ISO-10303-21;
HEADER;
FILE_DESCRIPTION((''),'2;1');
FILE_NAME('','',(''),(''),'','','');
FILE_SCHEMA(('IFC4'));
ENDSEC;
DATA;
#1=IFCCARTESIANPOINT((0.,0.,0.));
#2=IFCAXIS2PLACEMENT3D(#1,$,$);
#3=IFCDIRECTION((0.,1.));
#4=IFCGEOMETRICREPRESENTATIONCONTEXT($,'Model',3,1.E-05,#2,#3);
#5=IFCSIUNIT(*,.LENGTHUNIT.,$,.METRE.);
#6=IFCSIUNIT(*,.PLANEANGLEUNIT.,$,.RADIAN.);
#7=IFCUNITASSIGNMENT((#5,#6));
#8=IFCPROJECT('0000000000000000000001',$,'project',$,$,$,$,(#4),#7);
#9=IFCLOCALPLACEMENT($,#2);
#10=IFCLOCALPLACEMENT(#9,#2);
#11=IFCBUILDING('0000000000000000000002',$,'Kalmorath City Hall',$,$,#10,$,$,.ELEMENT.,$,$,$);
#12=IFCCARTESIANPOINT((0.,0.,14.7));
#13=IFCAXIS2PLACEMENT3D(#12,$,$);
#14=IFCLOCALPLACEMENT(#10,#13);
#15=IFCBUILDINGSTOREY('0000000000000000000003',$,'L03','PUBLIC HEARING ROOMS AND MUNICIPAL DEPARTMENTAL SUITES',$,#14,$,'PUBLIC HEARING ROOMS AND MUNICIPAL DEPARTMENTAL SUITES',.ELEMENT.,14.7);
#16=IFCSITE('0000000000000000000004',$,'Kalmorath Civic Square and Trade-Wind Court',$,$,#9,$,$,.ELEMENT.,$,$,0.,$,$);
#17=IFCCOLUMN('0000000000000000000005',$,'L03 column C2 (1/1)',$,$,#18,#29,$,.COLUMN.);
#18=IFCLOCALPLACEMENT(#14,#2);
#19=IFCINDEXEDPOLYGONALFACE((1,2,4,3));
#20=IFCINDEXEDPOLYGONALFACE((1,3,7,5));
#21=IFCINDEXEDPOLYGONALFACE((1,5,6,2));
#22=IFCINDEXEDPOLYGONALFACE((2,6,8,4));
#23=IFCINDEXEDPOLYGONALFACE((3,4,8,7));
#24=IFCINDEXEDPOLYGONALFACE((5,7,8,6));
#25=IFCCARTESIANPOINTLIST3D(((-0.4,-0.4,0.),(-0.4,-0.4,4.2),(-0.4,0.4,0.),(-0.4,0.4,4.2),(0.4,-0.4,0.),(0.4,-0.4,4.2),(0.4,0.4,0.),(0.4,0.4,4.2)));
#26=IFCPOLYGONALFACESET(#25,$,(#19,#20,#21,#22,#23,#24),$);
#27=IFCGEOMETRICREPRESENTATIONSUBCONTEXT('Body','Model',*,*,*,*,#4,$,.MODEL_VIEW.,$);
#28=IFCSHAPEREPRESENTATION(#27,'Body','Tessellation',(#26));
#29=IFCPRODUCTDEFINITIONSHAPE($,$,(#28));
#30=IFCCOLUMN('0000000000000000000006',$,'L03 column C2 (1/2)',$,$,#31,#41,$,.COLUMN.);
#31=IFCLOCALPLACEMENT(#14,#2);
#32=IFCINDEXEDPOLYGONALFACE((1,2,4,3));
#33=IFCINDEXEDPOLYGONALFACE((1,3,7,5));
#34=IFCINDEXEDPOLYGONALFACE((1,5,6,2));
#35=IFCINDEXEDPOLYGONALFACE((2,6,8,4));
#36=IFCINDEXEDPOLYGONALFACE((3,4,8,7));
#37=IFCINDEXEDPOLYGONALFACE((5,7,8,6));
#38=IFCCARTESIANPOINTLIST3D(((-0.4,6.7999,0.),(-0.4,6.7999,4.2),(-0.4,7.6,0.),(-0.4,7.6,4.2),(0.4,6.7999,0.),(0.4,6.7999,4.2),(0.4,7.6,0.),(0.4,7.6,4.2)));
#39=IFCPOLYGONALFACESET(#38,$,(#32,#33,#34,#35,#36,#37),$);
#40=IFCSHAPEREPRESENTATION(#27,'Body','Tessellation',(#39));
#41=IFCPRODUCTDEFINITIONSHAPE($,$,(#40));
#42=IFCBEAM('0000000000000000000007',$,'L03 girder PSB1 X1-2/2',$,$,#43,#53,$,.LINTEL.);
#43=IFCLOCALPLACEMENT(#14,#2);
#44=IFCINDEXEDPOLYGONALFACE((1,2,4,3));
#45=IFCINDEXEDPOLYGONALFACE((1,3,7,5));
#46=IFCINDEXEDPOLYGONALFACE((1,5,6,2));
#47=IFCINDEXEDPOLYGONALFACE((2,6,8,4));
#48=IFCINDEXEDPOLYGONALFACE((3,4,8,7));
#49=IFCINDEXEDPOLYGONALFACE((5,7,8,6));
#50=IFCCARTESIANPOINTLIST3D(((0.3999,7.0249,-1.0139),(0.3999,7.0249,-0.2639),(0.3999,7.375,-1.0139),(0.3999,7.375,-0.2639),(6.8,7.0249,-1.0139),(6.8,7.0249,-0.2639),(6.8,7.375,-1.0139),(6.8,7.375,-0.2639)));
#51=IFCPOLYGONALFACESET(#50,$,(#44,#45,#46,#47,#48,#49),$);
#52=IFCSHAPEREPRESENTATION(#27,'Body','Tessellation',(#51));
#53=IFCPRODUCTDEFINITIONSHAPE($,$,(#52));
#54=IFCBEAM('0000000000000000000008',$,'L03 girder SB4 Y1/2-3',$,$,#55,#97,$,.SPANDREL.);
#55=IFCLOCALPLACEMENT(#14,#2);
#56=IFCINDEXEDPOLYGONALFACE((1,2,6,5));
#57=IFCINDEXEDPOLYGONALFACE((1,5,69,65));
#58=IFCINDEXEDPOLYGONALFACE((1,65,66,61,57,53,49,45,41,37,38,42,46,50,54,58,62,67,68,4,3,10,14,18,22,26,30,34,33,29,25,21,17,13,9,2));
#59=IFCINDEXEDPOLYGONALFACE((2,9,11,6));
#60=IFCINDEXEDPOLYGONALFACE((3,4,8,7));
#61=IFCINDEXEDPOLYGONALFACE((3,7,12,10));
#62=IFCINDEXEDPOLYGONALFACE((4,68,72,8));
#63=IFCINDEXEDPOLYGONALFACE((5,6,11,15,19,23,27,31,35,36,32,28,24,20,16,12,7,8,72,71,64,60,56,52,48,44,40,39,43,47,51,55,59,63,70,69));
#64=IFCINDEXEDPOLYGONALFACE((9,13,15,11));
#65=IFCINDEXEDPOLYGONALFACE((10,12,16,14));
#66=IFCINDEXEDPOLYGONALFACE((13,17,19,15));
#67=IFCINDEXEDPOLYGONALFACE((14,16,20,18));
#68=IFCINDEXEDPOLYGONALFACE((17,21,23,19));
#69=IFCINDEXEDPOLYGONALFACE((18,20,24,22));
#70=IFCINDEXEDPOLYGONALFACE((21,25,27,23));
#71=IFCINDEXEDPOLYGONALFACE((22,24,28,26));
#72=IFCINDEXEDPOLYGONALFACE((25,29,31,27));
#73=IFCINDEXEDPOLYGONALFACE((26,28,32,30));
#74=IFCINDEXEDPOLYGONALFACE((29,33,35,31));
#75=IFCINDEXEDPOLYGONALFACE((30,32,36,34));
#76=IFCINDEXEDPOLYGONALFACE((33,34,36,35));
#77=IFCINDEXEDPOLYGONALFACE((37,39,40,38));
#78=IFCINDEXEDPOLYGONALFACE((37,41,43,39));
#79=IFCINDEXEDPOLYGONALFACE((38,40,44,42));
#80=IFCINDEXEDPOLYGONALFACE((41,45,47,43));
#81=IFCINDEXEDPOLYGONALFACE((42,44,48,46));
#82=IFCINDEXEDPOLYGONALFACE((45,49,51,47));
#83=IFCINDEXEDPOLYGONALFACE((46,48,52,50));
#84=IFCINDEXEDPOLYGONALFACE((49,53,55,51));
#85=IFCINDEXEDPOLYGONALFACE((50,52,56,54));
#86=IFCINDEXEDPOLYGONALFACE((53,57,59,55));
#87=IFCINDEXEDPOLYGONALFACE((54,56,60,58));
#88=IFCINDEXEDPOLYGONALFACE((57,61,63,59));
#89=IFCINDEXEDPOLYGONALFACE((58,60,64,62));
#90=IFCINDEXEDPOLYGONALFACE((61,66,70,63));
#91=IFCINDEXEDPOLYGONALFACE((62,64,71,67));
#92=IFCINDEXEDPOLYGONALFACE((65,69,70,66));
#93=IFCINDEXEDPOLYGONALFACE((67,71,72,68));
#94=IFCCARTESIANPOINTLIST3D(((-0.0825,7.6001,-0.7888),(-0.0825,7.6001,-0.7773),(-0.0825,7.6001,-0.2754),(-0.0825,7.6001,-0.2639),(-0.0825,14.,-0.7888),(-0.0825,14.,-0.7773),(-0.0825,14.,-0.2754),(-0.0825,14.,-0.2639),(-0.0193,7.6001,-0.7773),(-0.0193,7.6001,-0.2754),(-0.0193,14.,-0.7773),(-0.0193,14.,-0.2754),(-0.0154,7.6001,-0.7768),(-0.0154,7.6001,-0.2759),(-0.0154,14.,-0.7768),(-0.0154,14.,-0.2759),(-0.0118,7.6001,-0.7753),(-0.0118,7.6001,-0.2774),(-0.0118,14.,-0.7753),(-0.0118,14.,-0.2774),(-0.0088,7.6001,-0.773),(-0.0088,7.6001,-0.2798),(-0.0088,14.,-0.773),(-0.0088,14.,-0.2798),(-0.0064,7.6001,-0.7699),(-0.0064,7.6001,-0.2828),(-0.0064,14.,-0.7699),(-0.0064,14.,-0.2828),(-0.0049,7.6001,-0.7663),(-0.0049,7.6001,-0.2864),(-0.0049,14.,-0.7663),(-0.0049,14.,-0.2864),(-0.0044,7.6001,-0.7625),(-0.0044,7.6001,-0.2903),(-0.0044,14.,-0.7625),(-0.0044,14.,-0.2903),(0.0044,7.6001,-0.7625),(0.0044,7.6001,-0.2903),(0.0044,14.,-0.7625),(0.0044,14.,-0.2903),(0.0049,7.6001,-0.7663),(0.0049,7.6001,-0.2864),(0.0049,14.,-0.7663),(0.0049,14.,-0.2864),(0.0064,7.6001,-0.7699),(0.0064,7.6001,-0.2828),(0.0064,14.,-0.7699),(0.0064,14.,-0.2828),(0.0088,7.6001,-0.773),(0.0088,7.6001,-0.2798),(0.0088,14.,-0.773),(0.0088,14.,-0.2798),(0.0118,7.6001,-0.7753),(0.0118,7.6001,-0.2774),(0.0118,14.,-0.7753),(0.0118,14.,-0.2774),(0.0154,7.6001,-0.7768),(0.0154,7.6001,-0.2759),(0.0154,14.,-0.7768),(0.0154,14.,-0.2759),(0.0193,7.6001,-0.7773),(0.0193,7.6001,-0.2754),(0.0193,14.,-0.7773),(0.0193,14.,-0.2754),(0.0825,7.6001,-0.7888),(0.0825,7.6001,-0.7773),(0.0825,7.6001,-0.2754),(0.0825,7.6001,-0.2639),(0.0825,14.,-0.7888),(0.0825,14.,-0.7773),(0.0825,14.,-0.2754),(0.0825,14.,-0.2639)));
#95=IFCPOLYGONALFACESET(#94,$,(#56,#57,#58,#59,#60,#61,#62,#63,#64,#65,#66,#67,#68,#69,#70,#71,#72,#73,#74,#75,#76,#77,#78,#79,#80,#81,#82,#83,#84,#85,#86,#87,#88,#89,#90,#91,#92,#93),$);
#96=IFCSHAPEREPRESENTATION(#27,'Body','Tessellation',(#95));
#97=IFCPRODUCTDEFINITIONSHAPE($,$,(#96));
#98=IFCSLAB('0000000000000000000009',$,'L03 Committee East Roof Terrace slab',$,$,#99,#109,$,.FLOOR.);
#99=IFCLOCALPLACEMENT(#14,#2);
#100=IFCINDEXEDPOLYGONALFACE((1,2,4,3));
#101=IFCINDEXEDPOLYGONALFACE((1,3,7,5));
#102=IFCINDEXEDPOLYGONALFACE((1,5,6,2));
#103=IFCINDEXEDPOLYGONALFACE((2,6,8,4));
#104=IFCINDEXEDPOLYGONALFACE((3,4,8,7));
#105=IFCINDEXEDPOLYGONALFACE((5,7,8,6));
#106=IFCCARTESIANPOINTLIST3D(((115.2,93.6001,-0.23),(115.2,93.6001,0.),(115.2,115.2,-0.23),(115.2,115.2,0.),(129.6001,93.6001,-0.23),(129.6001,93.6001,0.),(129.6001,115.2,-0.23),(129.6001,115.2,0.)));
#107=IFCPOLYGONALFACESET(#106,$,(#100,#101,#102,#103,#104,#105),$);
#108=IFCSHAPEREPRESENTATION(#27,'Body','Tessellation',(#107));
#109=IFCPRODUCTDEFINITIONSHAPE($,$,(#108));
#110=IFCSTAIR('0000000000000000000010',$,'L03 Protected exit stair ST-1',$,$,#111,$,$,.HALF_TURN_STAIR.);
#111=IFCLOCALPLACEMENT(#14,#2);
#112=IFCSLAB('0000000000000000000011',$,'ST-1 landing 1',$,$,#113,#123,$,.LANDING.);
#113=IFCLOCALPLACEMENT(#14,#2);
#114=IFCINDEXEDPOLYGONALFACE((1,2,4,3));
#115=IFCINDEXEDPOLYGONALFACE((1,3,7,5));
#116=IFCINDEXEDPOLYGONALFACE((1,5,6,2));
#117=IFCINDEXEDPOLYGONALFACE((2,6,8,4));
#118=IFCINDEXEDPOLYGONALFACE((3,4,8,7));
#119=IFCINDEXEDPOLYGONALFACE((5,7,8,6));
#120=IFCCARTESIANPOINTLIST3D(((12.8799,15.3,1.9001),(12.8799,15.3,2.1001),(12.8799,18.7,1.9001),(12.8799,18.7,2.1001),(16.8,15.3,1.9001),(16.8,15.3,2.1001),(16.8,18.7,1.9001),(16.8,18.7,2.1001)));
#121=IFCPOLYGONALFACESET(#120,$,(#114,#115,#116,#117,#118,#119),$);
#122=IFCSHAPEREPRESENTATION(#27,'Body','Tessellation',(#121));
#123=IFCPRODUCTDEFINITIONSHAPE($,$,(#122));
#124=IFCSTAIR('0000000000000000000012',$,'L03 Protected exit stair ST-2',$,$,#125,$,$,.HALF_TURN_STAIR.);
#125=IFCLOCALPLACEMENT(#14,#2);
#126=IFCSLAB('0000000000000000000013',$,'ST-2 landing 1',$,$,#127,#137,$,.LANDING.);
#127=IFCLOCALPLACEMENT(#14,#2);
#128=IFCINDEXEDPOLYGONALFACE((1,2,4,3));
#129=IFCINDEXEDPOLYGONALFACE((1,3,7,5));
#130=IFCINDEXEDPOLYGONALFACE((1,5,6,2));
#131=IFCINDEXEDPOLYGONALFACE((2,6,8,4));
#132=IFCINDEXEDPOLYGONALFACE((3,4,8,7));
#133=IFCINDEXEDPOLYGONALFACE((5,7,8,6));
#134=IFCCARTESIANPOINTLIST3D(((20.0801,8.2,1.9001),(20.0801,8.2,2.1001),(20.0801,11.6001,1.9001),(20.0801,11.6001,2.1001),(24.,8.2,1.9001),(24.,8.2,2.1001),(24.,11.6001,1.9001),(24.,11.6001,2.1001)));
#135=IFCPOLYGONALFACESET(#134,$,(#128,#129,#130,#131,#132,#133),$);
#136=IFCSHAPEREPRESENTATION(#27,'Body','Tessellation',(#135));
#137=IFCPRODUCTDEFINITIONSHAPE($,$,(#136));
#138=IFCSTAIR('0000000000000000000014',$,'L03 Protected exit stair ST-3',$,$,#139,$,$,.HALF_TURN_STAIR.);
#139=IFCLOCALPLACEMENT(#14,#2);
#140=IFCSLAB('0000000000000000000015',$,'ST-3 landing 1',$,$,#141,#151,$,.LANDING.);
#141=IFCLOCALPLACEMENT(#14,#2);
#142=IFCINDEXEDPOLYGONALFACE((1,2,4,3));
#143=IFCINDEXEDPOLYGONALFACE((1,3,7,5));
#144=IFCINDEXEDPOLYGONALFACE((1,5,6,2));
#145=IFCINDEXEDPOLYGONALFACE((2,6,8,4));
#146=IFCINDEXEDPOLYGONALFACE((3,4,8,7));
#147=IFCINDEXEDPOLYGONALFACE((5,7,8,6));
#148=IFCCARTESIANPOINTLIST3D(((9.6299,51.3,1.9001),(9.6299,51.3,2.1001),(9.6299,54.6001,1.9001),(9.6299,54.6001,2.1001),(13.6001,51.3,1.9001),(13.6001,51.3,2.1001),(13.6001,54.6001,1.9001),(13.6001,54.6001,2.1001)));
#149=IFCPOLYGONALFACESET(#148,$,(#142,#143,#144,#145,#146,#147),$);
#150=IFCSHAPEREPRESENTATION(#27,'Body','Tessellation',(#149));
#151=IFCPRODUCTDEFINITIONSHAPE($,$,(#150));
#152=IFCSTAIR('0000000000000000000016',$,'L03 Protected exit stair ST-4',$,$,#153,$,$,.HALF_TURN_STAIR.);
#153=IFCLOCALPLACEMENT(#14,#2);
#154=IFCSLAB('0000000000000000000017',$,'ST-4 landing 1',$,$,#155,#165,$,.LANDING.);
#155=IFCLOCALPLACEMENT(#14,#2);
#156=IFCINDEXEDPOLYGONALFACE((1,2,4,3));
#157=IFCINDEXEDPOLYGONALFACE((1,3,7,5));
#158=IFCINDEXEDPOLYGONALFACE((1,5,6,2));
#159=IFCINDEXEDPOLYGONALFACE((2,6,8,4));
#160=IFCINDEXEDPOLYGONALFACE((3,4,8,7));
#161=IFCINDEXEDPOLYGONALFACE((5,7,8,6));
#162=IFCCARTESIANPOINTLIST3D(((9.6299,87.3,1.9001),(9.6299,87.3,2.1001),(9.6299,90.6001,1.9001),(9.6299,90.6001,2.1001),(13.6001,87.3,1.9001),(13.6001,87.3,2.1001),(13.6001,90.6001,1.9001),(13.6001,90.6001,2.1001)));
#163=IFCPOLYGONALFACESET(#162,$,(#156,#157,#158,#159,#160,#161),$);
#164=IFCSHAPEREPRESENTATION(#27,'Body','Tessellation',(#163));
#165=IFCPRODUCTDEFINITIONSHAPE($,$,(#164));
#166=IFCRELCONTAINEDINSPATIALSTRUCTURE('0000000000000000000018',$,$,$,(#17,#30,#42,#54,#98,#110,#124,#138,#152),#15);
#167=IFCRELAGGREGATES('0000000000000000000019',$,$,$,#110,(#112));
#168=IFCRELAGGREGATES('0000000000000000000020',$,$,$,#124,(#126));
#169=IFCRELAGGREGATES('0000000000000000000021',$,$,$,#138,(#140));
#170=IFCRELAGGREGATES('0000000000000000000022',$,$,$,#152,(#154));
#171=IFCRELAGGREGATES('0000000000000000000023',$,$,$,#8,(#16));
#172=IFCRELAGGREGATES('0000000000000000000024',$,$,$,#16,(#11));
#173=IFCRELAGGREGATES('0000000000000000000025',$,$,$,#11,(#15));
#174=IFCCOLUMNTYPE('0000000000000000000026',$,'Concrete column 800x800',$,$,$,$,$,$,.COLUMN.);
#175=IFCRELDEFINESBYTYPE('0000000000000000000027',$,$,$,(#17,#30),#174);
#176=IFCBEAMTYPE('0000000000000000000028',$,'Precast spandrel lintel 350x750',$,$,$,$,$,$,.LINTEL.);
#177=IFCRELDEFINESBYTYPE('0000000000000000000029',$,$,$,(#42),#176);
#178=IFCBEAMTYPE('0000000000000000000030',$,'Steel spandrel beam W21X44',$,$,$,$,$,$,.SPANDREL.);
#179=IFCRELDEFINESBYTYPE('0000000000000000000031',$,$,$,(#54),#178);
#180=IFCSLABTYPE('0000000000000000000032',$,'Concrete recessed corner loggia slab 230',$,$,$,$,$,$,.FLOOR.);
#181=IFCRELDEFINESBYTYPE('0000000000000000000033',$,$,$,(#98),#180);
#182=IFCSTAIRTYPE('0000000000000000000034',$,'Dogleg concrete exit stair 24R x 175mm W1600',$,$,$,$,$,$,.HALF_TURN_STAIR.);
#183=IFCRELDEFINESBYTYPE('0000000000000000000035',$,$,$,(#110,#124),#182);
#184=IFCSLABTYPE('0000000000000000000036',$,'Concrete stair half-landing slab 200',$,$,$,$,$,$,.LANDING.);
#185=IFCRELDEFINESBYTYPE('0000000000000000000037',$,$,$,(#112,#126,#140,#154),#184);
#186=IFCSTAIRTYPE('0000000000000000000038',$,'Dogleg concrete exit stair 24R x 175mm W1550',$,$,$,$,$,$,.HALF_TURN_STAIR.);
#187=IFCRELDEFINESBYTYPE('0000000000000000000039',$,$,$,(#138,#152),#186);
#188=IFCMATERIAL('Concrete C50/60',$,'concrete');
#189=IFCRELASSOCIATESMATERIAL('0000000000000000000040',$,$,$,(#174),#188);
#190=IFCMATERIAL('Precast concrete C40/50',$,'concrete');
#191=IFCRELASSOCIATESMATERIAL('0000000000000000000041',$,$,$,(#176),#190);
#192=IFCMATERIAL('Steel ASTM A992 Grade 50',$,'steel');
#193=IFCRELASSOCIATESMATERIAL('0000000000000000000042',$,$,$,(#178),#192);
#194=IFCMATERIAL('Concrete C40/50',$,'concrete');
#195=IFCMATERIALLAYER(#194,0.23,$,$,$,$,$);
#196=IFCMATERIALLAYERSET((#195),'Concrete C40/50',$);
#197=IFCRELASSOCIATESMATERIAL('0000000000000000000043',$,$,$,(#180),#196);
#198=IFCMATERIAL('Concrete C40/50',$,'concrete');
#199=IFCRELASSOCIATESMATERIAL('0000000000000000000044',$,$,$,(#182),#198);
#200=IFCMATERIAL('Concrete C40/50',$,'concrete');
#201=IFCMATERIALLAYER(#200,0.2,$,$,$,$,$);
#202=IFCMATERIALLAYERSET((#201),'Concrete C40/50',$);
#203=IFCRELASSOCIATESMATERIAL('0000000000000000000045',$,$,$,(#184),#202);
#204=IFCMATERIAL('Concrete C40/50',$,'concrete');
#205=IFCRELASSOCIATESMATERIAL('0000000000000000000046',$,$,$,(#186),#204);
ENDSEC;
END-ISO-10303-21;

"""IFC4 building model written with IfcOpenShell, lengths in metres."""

from ifc_helpers import new_model, si_unit, direction, frame, origin, origin_2d, place, context, subcontext, project, spatial, polyline, rectangle, i_section, outline, extrude, material, layer, layer_set, material_profile, profile_set, type_object, element, aggregate, save


model = new_model("IFC4")

# Units and contexts
model_context = context("Model", 3, precision=1e-05, world=origin(), true_north=direction((0.0, 1.0)))
body_context = subcontext(model_context, "Body", "Model", "MODEL_VIEW")
ifc_project = project(units=[si_unit("LENGTHUNIT", "METRE"), si_unit("PLANEANGLEUNIT", "RADIAN")], contexts=[model_context])

# Site, building, storey
site_placement = place(None, origin())
site = spatial("IfcSite", under=ifc_project, at=site_placement, Name="Kalmorath Civic Square and Trade-Wind Court", CompositionType="ELEMENT", RefElevation=0.0)
building_placement = place(site_placement, origin())
building = spatial("IfcBuilding", under=site, at=building_placement, Name="Kalmorath City Hall", CompositionType="ELEMENT")
storey_placement = place(building_placement, frame((0.0, 0.0, 14.7)))
storey = spatial("IfcBuildingStorey", under=building, at=storey_placement, Name="L03", Description="PUBLIC HEARING ROOMS AND MUNICIPAL DEPARTMENTAL SUITES", LongName="PUBLIC HEARING ROOMS AND MUNICIPAL DEPARTMENTAL SUITES", CompositionType="ELEMENT", Elevation=14.7)

# Columns
ifc_material_1 = material(Name="Concrete C50/60", Category="concrete")
ifc_material_profile_1 = material_profile(ifc_material_1, rectangle(XDim=0.8, YDim=0.8, at=origin_2d()), Name="RC-COL-800X800")
ifc_profile_set_1 = profile_set([ifc_material_profile_1], Name="Concrete C50/60")
column_type = type_object("IfcColumnType", Name="Concrete column 800x800", PredefinedType="COLUMN", material=ifc_profile_set_1)
for number, where, z_axis, x_axis, name in (
    (1, (0.0, 0.0, 0.0), (0.0, 0.0, 1.0), (1.0, 0.0, 0.0), "L03 column C2 (1/1)"),
    (2, (0.0, 7.2, 0.0), (0.0, 0.0, 1.0), (1.0, 0.0, 0.0), "L03 column C2 (1/2)"),
):
    element("IfcColumn", number, at=place(storey_placement, frame(where, z_axis=z_axis, x_axis=x_axis)), inside=storey, type_object=column_type, Name=name, PredefinedType="COLUMN", context=body_context, shape_type="SweptSolid", body=[
        extrude(rectangle(XDim=0.8, YDim=0.8, at=origin_2d()), origin(), (0.0, 0.0, 1.0), 4.2),
    ])

# Beams
ifc_material_2 = material(Name="Precast concrete C40/50", Category="concrete")
ifc_material_profile_2 = material_profile(ifc_material_2, rectangle(XDim=0.3501, YDim=0.75, at=origin_2d()), Name="PC-SP-350X750")
ifc_profile_set_2 = profile_set([ifc_material_profile_2], Name="Precast concrete C40/50")
beam_type_1 = type_object("IfcBeamType", Name="Precast spandrel lintel 350x750", PredefinedType="LINTEL", material=ifc_profile_set_2)
beam_1_placement = place(storey_placement, frame((0.3999, 7.2, -0.6389), z_axis=(1.0, 0.0, 0.0), x_axis=(0.0, 1.0, 0.0)))
element("IfcBeam", 3, at=beam_1_placement, inside=storey, type_object=beam_type_1, Name="L03 girder PSB1 X1-2/2", PredefinedType="LINTEL", context=body_context, shape_type="SweptSolid", body=[
    extrude(rectangle(XDim=0.3501, YDim=0.75, at=origin_2d()), origin(), (0.0, 0.0, 1.0), 6.4001),
])
ifc_material_3 = material(Name="Steel ASTM A992 Grade 50", Category="steel")
ifc_material_profile_3 = material_profile(ifc_material_3, i_section(OverallWidth=0.165, OverallDepth=0.5249, WebThickness=0.0088, FlangeThickness=0.0115, FilletRadius=0.0149, at=origin_2d()), Name="W21X44")
ifc_profile_set_3 = profile_set([ifc_material_profile_3], Name="Steel ASTM A992 Grade 50")
beam_type_2 = type_object("IfcBeamType", Name="Steel spandrel beam W21X44", PredefinedType="SPANDREL", material=ifc_profile_set_3)
beam_2_placement = place(storey_placement, frame((0.0, 7.6001, -0.5264), z_axis=(0.0, 1.0, 0.0), x_axis=(-1.0, 0.0, 0.0)))
element("IfcBeam", 4, at=beam_2_placement, inside=storey, type_object=beam_type_2, Name="L03 girder SB4 Y1/2-3", PredefinedType="SPANDREL", context=body_context, shape_type="SweptSolid", body=[
    extrude(i_section(OverallWidth=0.165, OverallDepth=0.5249, WebThickness=0.0088, FlangeThickness=0.0115, FilletRadius=0.0149, at=origin_2d()), origin(), (0.0, 0.0, 1.0), 6.3999),
])

# Slab
ifc_material_4 = material(Name="Concrete C40/50", Category="concrete")
ifc_layer_1 = layer(ifc_material_4, 0.23)
ifc_layer_set_1 = layer_set([ifc_layer_1], Name="Concrete C40/50")
slab_type_1 = type_object("IfcSlabType", Name="Concrete recessed corner loggia slab 230", PredefinedType="FLOOR", material=ifc_layer_set_1)
slab_1_placement = place(storey_placement, frame((0.0, 0.0, -0.23)))
element("IfcSlab", 5, at=slab_1_placement, inside=storey, type_object=slab_type_1, Name="L03 Committee East Roof Terrace slab", PredefinedType="FLOOR", context=body_context, shape_type="SweptSolid", body=[
    extrude(outline(polyline([(115.2, 93.6001), (129.6001, 93.6001), (129.6001, 115.2), (115.2, 115.2), (115.2, 93.6001)])), origin(), (0.0, 0.0, 1.0), 0.23),
])

# Stairs, slabs
ifc_material_5 = material(Name="Concrete C40/50", Category="concrete")
stair_type_1 = type_object("IfcStairType", Name="Dogleg concrete exit stair 24R x 175mm W1600", PredefinedType="HALF_TURN_STAIR", material=ifc_material_5)
stair_1_placement = place(storey_placement, origin())
stair_1 = element("IfcStair", 6, at=stair_1_placement, inside=storey, type_object=stair_type_1, Name="L03 Protected exit stair ST-1", PredefinedType="HALF_TURN_STAIR")
ifc_material_6 = material(Name="Concrete C40/50", Category="concrete")
ifc_layer_2 = layer(ifc_material_6, 0.2)
ifc_layer_set_2 = layer_set([ifc_layer_2], Name="Concrete C40/50")
slab_type_2 = type_object("IfcSlabType", Name="Concrete stair half-landing slab 200", PredefinedType="LANDING", material=ifc_layer_set_2)
slab_2_placement = place(storey_placement, frame((0.0, 0.0, 1.9001)))
slab_2 = element("IfcSlab", 7, at=slab_2_placement, type_object=slab_type_2, Name="ST-1 landing 1", PredefinedType="LANDING", context=body_context, shape_type="SweptSolid", body=[
    extrude(outline(polyline([(12.8799, 15.3), (16.8, 15.3), (16.8, 18.7), (12.8799, 18.7), (12.8799, 15.3)])), origin(), (0.0, 0.0, 1.0), 0.2),
])
aggregate(stair_1, [slab_2])
stair_2_placement = place(storey_placement, origin())
stair_2 = element("IfcStair", 8, at=stair_2_placement, inside=storey, type_object=stair_type_1, Name="L03 Protected exit stair ST-2", PredefinedType="HALF_TURN_STAIR")
slab_3_placement = place(storey_placement, frame((0.0, 0.0, 1.9001)))
slab_3 = element("IfcSlab", 9, at=slab_3_placement, type_object=slab_type_2, Name="ST-2 landing 1", PredefinedType="LANDING", context=body_context, shape_type="SweptSolid", body=[
    extrude(outline(polyline([(20.0801, 8.2), (24.0, 8.2), (24.0, 11.6001), (20.0801, 11.6001), (20.0801, 8.2)])), origin(), (0.0, 0.0, 1.0), 0.2),
])
aggregate(stair_2, [slab_3])
ifc_material_7 = material(Name="Concrete C40/50", Category="concrete")
stair_type_2 = type_object("IfcStairType", Name="Dogleg concrete exit stair 24R x 175mm W1550", PredefinedType="HALF_TURN_STAIR", material=ifc_material_7)
stair_3_placement = place(storey_placement, origin())
stair_3 = element("IfcStair", 10, at=stair_3_placement, inside=storey, type_object=stair_type_2, Name="L03 Protected exit stair ST-3", PredefinedType="HALF_TURN_STAIR")
slab_4_placement = place(storey_placement, frame((0.0, 0.0, 1.9001)))
slab_4 = element("IfcSlab", 11, at=slab_4_placement, type_object=slab_type_2, Name="ST-3 landing 1", PredefinedType="LANDING", context=body_context, shape_type="SweptSolid", body=[
    extrude(outline(polyline([(9.6299, 51.3), (13.6001, 51.3), (13.6001, 54.6001), (9.6299, 54.6001), (9.6299, 51.3)])), origin(), (0.0, 0.0, 1.0), 0.2),
])
aggregate(stair_3, [slab_4])
stair_4_placement = place(storey_placement, origin())
stair_4 = element("IfcStair", 12, at=stair_4_placement, inside=storey, type_object=stair_type_2, Name="L03 Protected exit stair ST-4", PredefinedType="HALF_TURN_STAIR")
slab_5_placement = place(storey_placement, frame((0.0, 0.0, 1.9001)))
slab_5 = element("IfcSlab", 13, at=slab_5_placement, type_object=slab_type_2, Name="ST-4 landing 1", PredefinedType="LANDING", context=body_context, shape_type="SweptSolid", body=[
    extrude(outline(polyline([(9.6299, 87.3), (13.6001, 87.3), (13.6001, 90.6001), (9.6299, 90.6001), (9.6299, 87.3)])), origin(), (0.0, 0.0, 1.0), 0.2),
])
aggregate(stair_4, [slab_5])

save(model, "model.ifc")
